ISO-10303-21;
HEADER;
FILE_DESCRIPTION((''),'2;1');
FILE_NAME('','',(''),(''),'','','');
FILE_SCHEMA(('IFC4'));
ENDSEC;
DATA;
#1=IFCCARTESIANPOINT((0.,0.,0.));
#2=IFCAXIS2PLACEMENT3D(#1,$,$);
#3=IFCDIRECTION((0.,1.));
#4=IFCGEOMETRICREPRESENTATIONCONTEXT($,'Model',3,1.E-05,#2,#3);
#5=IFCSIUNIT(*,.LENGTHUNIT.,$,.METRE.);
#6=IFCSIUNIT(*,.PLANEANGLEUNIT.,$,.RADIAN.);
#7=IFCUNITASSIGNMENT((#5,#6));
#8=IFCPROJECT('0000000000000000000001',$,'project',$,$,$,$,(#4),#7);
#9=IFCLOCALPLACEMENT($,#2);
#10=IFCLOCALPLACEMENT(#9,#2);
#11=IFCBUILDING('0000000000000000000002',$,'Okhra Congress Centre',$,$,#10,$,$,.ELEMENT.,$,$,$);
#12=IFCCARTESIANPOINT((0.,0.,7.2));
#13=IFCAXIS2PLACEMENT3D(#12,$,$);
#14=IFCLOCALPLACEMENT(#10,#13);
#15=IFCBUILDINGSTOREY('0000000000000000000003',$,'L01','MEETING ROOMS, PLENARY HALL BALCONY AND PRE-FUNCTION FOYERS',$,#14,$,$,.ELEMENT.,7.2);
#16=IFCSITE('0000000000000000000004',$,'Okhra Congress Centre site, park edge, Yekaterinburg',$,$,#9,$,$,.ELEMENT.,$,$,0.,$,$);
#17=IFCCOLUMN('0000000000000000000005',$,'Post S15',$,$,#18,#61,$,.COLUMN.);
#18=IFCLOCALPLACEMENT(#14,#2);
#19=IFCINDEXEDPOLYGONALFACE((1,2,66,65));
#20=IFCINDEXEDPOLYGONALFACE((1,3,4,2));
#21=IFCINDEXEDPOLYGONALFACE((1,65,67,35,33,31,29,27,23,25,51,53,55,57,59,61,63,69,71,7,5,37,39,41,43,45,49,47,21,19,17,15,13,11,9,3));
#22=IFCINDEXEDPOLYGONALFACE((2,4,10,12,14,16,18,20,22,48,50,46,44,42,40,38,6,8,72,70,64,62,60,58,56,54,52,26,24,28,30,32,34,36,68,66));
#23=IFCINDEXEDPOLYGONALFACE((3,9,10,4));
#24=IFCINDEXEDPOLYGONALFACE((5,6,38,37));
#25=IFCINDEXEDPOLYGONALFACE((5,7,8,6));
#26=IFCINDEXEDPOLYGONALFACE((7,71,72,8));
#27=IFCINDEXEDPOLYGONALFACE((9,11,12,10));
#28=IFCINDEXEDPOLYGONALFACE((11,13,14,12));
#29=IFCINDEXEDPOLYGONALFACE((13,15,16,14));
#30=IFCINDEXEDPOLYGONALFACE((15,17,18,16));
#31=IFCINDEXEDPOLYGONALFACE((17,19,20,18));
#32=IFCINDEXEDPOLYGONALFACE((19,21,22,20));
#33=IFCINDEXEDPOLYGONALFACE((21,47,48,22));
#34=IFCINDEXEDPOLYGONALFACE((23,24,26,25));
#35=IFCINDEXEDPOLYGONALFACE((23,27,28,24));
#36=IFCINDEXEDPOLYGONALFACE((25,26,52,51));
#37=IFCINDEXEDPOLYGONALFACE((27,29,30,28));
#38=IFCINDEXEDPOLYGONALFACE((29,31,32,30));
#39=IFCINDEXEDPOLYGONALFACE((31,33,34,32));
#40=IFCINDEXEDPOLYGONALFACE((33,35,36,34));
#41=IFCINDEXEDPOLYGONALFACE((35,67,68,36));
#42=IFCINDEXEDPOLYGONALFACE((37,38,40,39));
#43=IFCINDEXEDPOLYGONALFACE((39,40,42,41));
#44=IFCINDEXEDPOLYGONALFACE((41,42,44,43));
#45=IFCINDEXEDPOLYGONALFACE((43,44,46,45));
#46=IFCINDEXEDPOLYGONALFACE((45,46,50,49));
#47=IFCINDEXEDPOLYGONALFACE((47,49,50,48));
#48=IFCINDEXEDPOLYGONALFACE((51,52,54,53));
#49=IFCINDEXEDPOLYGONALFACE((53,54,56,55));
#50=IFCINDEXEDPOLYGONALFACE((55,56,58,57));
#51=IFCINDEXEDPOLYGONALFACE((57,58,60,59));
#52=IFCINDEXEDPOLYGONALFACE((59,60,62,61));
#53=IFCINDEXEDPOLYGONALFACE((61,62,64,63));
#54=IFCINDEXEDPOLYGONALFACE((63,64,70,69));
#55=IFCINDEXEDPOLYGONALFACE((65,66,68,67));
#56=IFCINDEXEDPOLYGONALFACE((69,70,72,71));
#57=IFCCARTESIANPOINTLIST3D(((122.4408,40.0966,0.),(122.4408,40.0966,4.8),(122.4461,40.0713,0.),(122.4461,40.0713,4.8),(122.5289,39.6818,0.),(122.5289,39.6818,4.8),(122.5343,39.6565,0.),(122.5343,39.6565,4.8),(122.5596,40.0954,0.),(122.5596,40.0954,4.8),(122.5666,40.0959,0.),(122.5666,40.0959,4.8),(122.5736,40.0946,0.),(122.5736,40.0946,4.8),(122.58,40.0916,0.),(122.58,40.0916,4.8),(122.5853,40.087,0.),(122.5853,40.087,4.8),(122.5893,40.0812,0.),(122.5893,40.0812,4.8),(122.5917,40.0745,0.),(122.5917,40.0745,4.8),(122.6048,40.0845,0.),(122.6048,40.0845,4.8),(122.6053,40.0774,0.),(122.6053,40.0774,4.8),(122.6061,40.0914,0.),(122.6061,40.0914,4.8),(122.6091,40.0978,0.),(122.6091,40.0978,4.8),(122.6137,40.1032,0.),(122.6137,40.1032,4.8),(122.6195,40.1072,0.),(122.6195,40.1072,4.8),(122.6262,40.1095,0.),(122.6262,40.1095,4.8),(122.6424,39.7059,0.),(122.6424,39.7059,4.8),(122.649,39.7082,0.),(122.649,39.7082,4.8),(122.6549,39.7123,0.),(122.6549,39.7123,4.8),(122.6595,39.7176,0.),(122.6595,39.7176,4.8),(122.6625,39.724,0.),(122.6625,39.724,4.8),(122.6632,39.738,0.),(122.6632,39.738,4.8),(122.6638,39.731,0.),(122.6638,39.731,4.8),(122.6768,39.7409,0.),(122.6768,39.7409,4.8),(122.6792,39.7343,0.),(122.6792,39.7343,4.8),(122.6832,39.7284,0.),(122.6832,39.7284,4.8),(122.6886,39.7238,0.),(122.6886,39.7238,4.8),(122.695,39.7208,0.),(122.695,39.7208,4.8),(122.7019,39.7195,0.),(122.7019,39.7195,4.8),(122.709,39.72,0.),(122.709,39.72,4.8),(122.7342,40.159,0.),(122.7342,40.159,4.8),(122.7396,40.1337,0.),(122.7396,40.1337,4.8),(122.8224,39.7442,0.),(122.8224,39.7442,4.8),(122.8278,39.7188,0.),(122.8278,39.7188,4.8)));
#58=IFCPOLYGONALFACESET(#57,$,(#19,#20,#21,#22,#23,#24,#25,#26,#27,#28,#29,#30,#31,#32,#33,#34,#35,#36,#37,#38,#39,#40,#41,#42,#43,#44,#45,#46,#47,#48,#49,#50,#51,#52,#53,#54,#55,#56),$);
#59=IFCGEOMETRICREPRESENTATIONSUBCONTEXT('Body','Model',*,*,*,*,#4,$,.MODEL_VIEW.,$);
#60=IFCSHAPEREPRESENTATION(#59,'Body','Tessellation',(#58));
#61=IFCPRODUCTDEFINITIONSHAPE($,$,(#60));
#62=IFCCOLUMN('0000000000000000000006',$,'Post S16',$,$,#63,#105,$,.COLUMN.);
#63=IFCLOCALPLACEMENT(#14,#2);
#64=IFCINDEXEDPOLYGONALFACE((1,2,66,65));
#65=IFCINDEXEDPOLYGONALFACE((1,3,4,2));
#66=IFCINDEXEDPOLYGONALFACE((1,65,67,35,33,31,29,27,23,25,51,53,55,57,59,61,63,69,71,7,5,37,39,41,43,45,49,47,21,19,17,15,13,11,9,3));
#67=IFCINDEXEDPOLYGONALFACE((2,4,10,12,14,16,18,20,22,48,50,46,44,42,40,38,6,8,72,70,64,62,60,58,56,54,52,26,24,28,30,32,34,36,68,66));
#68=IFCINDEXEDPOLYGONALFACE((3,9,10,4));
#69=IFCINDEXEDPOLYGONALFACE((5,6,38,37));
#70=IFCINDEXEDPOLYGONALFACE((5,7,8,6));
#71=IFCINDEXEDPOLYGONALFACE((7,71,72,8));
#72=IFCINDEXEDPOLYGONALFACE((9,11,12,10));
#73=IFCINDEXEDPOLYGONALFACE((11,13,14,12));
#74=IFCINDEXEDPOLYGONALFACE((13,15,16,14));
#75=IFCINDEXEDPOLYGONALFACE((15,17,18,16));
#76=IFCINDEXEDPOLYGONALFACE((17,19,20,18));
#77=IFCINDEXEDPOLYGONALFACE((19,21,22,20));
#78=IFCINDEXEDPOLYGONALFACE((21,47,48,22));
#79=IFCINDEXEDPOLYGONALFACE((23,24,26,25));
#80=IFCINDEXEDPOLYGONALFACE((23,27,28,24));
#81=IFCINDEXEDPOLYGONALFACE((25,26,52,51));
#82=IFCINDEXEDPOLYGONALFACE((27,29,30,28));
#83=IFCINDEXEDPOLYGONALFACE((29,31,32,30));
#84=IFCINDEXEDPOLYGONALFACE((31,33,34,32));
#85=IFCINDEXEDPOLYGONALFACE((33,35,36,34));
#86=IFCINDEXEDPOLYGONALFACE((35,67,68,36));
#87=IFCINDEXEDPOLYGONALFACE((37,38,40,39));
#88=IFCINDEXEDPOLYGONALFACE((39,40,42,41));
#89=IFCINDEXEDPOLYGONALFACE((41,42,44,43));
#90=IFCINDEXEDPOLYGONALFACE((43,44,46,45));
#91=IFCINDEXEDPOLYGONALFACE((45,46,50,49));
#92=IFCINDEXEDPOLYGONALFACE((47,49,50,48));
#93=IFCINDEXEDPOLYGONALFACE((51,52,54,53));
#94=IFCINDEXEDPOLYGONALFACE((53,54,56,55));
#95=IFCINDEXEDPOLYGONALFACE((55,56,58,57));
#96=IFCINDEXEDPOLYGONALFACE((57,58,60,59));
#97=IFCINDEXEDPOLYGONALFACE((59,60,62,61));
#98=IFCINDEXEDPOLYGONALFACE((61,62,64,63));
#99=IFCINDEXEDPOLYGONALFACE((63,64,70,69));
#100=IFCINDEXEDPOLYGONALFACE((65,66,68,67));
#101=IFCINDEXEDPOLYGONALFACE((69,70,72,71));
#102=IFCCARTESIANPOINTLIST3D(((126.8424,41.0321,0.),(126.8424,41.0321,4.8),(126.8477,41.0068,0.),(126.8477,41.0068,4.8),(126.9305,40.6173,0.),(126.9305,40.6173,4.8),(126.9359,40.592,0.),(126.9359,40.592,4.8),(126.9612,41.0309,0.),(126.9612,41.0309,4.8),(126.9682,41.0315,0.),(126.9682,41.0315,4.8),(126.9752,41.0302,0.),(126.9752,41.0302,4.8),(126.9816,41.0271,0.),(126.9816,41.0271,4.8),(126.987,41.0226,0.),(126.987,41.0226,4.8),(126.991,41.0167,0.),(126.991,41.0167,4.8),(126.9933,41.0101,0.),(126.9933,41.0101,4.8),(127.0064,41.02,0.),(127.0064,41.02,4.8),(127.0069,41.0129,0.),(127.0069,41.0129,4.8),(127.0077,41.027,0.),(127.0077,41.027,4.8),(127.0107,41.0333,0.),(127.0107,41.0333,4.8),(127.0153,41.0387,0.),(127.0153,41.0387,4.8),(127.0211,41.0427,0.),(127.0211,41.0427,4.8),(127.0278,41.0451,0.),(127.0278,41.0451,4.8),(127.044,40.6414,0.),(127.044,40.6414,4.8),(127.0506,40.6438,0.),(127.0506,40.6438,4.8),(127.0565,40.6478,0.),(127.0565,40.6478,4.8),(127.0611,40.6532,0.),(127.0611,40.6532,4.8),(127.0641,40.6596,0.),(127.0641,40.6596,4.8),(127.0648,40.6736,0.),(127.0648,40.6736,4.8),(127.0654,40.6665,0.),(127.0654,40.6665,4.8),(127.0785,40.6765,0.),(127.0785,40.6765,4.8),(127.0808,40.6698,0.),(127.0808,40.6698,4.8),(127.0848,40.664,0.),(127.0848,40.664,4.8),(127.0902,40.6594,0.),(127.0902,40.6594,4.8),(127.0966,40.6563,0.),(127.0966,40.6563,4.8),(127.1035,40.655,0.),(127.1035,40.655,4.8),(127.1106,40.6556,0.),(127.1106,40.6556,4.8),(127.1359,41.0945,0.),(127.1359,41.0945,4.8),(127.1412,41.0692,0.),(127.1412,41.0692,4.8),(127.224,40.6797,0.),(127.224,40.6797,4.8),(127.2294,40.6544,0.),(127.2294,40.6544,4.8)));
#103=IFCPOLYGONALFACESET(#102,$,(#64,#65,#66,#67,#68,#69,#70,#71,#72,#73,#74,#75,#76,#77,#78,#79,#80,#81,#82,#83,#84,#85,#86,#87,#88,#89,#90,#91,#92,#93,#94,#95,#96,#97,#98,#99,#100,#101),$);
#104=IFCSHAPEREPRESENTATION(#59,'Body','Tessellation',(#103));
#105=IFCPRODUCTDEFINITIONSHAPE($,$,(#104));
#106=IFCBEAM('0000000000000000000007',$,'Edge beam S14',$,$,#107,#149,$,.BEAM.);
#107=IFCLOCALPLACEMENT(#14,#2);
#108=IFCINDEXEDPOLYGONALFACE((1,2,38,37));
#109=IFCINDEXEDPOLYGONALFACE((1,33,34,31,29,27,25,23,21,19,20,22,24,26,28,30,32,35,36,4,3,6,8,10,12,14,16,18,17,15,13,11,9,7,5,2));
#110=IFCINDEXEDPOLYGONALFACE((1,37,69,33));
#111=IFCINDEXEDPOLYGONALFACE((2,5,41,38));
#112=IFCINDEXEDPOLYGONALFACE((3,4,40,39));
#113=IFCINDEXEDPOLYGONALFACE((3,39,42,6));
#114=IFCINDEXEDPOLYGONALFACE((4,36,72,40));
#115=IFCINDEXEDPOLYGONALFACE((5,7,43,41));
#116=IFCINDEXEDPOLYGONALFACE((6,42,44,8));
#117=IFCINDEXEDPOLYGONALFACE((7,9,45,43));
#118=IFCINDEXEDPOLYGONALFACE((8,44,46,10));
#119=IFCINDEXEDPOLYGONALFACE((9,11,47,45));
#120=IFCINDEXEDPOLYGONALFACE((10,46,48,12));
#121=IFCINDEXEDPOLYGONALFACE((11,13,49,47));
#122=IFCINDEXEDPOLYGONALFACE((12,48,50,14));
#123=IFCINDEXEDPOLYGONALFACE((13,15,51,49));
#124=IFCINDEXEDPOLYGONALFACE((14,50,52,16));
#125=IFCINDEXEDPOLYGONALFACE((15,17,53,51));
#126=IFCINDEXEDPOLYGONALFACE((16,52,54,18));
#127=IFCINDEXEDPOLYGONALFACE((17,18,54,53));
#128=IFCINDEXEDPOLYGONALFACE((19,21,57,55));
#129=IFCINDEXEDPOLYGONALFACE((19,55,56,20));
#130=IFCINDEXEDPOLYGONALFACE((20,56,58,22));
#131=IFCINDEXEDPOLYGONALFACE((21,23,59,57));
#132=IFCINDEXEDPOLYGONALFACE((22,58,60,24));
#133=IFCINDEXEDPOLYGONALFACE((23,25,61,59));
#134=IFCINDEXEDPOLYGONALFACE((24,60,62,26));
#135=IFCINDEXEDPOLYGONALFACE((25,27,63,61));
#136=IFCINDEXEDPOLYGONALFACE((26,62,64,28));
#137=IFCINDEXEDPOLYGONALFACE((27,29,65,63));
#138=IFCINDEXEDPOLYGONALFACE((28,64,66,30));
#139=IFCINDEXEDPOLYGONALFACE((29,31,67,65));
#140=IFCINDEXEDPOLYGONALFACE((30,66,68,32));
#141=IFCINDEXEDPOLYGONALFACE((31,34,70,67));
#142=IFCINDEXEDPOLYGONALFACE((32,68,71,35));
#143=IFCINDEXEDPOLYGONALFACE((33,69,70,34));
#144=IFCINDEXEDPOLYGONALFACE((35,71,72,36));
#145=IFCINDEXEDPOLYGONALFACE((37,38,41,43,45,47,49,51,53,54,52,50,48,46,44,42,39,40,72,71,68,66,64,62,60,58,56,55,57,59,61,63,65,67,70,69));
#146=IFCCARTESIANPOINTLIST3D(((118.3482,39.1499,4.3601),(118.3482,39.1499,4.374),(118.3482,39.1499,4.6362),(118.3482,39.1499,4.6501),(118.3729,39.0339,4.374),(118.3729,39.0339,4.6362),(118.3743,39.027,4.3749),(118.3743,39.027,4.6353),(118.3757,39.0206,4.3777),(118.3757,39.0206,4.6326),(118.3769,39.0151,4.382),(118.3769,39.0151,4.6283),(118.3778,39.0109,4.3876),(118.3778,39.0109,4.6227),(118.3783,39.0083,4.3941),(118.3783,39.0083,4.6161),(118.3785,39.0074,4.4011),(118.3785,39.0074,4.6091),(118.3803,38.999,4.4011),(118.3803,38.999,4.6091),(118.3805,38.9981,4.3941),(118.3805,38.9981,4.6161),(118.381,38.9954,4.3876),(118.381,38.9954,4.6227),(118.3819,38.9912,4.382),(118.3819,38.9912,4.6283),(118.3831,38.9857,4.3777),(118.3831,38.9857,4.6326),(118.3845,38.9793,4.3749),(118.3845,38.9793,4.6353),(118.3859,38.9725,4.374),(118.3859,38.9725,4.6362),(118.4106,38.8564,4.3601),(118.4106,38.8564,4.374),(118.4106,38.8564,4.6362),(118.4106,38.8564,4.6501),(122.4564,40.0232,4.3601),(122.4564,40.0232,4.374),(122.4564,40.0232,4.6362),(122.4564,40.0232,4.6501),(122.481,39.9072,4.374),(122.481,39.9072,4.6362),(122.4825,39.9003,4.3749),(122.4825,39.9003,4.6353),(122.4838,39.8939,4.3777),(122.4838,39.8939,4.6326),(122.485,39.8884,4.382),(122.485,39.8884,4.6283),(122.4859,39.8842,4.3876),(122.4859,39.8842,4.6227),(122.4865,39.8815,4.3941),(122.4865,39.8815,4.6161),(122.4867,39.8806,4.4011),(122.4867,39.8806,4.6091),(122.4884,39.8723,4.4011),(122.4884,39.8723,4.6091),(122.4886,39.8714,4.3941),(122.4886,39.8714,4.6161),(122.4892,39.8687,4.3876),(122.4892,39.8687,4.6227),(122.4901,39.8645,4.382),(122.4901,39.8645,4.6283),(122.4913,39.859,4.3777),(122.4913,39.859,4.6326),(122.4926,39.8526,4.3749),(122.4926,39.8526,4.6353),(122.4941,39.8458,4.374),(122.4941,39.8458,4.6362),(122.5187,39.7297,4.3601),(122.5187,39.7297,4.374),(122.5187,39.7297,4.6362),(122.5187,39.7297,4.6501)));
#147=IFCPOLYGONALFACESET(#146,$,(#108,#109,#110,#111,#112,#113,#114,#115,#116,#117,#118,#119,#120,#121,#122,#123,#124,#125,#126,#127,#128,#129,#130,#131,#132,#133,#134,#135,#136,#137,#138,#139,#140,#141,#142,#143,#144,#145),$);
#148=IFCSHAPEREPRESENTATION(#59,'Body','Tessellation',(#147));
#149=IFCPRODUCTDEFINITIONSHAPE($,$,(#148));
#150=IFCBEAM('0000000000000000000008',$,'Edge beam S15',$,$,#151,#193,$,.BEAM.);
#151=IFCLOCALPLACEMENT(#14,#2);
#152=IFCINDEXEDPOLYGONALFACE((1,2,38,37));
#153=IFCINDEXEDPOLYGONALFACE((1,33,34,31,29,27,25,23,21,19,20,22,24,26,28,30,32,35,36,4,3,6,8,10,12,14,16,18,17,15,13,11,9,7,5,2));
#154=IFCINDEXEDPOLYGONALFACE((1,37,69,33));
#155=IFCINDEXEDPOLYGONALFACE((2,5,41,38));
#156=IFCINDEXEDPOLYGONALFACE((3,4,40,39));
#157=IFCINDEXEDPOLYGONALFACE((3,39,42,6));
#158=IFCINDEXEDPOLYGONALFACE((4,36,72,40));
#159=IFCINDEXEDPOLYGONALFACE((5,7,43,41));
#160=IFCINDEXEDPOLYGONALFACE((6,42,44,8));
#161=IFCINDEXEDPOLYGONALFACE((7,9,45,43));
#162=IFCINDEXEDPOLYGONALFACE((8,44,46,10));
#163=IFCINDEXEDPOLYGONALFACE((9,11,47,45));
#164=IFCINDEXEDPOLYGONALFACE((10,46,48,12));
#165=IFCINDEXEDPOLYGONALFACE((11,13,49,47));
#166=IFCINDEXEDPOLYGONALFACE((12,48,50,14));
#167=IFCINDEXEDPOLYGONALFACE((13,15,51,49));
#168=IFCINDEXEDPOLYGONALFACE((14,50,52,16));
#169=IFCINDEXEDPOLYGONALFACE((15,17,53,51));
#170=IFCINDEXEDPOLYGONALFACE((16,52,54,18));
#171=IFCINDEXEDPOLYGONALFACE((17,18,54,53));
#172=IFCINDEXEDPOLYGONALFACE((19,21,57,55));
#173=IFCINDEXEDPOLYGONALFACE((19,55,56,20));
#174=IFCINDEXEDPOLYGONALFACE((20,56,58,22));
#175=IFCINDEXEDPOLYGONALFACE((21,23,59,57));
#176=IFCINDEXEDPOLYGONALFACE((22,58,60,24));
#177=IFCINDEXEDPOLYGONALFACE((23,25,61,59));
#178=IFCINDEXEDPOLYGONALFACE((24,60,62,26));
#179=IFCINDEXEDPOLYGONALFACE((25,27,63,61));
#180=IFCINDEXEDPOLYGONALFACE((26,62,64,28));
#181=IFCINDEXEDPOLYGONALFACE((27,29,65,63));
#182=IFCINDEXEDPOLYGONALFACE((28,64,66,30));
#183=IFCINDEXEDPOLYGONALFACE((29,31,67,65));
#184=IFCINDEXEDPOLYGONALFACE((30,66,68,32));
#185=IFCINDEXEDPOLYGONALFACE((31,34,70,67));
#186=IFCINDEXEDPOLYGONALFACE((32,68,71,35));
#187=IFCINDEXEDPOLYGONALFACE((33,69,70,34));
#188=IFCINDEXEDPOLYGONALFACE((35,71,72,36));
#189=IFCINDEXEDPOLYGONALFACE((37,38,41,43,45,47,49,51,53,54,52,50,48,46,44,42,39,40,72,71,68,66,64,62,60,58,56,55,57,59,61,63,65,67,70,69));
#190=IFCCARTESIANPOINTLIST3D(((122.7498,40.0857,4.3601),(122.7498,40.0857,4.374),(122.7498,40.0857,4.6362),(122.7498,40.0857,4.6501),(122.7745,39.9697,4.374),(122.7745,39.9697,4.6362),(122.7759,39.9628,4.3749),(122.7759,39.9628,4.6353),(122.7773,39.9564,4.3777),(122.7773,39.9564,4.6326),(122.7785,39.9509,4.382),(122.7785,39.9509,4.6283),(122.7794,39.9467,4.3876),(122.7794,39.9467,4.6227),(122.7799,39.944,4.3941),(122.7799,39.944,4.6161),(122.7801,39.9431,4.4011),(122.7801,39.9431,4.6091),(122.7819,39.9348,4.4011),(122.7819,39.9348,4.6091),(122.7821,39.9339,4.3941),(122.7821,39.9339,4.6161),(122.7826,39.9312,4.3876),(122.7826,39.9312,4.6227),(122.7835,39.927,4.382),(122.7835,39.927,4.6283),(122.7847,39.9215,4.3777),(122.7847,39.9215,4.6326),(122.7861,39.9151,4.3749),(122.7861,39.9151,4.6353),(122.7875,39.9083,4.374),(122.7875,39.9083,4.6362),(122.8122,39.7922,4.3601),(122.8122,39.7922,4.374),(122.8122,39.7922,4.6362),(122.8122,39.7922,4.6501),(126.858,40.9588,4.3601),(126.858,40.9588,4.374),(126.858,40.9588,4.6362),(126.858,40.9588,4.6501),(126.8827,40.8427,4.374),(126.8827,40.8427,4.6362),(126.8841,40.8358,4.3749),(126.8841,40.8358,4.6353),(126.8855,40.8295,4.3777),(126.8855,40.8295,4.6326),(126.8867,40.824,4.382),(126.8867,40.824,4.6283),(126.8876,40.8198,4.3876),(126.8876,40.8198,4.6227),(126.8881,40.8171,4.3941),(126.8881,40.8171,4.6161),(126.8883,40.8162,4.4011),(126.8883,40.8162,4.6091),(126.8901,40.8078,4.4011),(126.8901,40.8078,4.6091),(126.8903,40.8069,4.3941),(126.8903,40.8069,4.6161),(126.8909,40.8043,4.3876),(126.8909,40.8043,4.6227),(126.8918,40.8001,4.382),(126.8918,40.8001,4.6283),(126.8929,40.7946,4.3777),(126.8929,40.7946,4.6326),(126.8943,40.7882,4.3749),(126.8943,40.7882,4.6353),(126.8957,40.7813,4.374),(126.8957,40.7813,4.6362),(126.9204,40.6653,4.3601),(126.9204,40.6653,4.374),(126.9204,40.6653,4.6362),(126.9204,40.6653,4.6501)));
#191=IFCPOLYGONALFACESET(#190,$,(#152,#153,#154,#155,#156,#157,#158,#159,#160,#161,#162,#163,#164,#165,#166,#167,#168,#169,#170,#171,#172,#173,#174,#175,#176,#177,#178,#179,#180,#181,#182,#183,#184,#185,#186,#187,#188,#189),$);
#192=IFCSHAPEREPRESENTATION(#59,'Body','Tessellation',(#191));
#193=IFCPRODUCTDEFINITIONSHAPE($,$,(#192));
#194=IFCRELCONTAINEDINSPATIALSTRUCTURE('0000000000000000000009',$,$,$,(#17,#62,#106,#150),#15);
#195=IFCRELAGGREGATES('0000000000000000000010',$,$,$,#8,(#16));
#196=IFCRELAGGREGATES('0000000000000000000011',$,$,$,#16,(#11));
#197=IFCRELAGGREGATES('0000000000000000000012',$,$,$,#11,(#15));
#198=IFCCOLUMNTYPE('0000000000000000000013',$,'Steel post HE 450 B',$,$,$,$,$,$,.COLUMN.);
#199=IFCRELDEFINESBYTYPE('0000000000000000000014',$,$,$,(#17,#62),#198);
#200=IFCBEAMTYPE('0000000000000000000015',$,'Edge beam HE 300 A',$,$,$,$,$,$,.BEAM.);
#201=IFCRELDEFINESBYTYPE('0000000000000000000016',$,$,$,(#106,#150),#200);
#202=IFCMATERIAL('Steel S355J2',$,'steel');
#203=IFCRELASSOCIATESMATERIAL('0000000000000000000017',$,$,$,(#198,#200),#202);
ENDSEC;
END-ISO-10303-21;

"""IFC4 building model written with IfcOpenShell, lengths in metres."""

from ifc_helpers import new_model, si_unit, direction, frame, origin, origin_2d, place, context, subcontext, project, spatial, i_section, extrude, material, material_profile, profile_set, type_object, element, save


model = new_model("IFC4")

# Units and contexts
model_context = context("Model", 3, precision=1e-05, world=origin(), true_north=direction((0.0, 1.0)))
body_context = subcontext(model_context, "Body", "Model", "MODEL_VIEW")
ifc_project = project(units=[si_unit("LENGTHUNIT", "METRE"), si_unit("PLANEANGLEUNIT", "RADIAN")], contexts=[model_context])

# Site, building, storey
site_placement = place(None, origin())
site = spatial("IfcSite", under=ifc_project, at=site_placement, Name="Okhra Congress Centre site, park edge, Yekaterinburg", CompositionType="ELEMENT", RefElevation=0.0)
building_placement = place(site_placement, origin())
building = spatial("IfcBuilding", under=site, at=building_placement, Name="Okhra Congress Centre", CompositionType="ELEMENT")
storey_placement = place(building_placement, frame((0.0, 0.0, 7.2)))
storey = spatial("IfcBuildingStorey", under=building, at=storey_placement, Name="L01", Description="MEETING ROOMS, PLENARY HALL BALCONY AND PRE-FUNCTION FOYERS", CompositionType="ELEMENT", Elevation=7.2)

# Columns
ifc_material_1 = material(Name="Steel S355J2", Category="steel")
ifc_material_profile_1 = material_profile(ifc_material_1, i_section(OverallWidth=0.3, OverallDepth=0.45, WebThickness=0.0139, FlangeThickness=0.0259, FilletRadius=0.0271, at=origin_2d()), Name="HE 450 B")
ifc_profile_set_1 = profile_set([ifc_material_profile_1], Name="Steel S355J2")
column_type = type_object("IfcColumnType", Name="Steel post HE 450 B", PredefinedType="COLUMN", material=ifc_profile_set_1)
for number, where, z_axis, x_axis, name in (
    (1, (122.6343, 39.9077, 0.0), (0.0, 0.0, 1.0), (0.978148, 0.207912, 0.0), "Post S15"),
    (2, (127.0359, 40.8433, 0.0), (0.0, 0.0, 1.0), (0.978148, 0.207912, 0.0), "Post S16"),
):
    element("IfcColumn", number, at=place(storey_placement, frame(where, z_axis=z_axis, x_axis=x_axis)), inside=storey, type_object=column_type, Name=name, PredefinedType="COLUMN", context=body_context, shape_type="SweptSolid", body=[
        extrude(i_section(OverallWidth=0.3, OverallDepth=0.45, WebThickness=0.0139, FlangeThickness=0.0259, FilletRadius=0.0271, at=origin_2d()), origin(), (0.0, 0.0, 1.0), 4.8),
    ])

# Beams
ifc_material_profile_2 = material_profile(ifc_material_1, i_section(OverallWidth=0.3, OverallDepth=0.29, WebThickness=0.0085, FlangeThickness=0.0139, FilletRadius=0.0271, at=origin_2d()), Name="HE 300 A")
ifc_profile_set_2 = profile_set([ifc_material_profile_2], Name="Steel S355J2")
beam_type_1 = type_object("IfcBeamType", Name="Edge beam HE 300 A", PredefinedType="BEAM", material=ifc_profile_set_2)
for number, where, z_axis, x_axis, name in (
    (3, (118.3794, 39.0032, 4.5051), (0.978144, 0.207929, 0.0), (-0.207929, 0.978144, 0.0), "Edge beam S14"),
    (4, (122.781, 39.939, 4.5051), (0.978156, 0.207873, 0.0), (-0.207873, 0.978156, 0.0), "Edge beam S15"),
):
    element("IfcBeam", number, at=place(storey_placement, frame(where, z_axis=z_axis, x_axis=x_axis)), inside=storey, type_object=beam_type_1, Name=name, PredefinedType="BEAM", context=body_context, shape_type="SweptSolid", body=[
        extrude(i_section(OverallWidth=0.3, OverallDepth=0.29, WebThickness=0.0085, FlangeThickness=0.0139, FilletRadius=0.0271, at=origin_2d()), origin(), (0.0, 0.0, 1.0), 4.2),
    ])

save(model, "model.ifc")
